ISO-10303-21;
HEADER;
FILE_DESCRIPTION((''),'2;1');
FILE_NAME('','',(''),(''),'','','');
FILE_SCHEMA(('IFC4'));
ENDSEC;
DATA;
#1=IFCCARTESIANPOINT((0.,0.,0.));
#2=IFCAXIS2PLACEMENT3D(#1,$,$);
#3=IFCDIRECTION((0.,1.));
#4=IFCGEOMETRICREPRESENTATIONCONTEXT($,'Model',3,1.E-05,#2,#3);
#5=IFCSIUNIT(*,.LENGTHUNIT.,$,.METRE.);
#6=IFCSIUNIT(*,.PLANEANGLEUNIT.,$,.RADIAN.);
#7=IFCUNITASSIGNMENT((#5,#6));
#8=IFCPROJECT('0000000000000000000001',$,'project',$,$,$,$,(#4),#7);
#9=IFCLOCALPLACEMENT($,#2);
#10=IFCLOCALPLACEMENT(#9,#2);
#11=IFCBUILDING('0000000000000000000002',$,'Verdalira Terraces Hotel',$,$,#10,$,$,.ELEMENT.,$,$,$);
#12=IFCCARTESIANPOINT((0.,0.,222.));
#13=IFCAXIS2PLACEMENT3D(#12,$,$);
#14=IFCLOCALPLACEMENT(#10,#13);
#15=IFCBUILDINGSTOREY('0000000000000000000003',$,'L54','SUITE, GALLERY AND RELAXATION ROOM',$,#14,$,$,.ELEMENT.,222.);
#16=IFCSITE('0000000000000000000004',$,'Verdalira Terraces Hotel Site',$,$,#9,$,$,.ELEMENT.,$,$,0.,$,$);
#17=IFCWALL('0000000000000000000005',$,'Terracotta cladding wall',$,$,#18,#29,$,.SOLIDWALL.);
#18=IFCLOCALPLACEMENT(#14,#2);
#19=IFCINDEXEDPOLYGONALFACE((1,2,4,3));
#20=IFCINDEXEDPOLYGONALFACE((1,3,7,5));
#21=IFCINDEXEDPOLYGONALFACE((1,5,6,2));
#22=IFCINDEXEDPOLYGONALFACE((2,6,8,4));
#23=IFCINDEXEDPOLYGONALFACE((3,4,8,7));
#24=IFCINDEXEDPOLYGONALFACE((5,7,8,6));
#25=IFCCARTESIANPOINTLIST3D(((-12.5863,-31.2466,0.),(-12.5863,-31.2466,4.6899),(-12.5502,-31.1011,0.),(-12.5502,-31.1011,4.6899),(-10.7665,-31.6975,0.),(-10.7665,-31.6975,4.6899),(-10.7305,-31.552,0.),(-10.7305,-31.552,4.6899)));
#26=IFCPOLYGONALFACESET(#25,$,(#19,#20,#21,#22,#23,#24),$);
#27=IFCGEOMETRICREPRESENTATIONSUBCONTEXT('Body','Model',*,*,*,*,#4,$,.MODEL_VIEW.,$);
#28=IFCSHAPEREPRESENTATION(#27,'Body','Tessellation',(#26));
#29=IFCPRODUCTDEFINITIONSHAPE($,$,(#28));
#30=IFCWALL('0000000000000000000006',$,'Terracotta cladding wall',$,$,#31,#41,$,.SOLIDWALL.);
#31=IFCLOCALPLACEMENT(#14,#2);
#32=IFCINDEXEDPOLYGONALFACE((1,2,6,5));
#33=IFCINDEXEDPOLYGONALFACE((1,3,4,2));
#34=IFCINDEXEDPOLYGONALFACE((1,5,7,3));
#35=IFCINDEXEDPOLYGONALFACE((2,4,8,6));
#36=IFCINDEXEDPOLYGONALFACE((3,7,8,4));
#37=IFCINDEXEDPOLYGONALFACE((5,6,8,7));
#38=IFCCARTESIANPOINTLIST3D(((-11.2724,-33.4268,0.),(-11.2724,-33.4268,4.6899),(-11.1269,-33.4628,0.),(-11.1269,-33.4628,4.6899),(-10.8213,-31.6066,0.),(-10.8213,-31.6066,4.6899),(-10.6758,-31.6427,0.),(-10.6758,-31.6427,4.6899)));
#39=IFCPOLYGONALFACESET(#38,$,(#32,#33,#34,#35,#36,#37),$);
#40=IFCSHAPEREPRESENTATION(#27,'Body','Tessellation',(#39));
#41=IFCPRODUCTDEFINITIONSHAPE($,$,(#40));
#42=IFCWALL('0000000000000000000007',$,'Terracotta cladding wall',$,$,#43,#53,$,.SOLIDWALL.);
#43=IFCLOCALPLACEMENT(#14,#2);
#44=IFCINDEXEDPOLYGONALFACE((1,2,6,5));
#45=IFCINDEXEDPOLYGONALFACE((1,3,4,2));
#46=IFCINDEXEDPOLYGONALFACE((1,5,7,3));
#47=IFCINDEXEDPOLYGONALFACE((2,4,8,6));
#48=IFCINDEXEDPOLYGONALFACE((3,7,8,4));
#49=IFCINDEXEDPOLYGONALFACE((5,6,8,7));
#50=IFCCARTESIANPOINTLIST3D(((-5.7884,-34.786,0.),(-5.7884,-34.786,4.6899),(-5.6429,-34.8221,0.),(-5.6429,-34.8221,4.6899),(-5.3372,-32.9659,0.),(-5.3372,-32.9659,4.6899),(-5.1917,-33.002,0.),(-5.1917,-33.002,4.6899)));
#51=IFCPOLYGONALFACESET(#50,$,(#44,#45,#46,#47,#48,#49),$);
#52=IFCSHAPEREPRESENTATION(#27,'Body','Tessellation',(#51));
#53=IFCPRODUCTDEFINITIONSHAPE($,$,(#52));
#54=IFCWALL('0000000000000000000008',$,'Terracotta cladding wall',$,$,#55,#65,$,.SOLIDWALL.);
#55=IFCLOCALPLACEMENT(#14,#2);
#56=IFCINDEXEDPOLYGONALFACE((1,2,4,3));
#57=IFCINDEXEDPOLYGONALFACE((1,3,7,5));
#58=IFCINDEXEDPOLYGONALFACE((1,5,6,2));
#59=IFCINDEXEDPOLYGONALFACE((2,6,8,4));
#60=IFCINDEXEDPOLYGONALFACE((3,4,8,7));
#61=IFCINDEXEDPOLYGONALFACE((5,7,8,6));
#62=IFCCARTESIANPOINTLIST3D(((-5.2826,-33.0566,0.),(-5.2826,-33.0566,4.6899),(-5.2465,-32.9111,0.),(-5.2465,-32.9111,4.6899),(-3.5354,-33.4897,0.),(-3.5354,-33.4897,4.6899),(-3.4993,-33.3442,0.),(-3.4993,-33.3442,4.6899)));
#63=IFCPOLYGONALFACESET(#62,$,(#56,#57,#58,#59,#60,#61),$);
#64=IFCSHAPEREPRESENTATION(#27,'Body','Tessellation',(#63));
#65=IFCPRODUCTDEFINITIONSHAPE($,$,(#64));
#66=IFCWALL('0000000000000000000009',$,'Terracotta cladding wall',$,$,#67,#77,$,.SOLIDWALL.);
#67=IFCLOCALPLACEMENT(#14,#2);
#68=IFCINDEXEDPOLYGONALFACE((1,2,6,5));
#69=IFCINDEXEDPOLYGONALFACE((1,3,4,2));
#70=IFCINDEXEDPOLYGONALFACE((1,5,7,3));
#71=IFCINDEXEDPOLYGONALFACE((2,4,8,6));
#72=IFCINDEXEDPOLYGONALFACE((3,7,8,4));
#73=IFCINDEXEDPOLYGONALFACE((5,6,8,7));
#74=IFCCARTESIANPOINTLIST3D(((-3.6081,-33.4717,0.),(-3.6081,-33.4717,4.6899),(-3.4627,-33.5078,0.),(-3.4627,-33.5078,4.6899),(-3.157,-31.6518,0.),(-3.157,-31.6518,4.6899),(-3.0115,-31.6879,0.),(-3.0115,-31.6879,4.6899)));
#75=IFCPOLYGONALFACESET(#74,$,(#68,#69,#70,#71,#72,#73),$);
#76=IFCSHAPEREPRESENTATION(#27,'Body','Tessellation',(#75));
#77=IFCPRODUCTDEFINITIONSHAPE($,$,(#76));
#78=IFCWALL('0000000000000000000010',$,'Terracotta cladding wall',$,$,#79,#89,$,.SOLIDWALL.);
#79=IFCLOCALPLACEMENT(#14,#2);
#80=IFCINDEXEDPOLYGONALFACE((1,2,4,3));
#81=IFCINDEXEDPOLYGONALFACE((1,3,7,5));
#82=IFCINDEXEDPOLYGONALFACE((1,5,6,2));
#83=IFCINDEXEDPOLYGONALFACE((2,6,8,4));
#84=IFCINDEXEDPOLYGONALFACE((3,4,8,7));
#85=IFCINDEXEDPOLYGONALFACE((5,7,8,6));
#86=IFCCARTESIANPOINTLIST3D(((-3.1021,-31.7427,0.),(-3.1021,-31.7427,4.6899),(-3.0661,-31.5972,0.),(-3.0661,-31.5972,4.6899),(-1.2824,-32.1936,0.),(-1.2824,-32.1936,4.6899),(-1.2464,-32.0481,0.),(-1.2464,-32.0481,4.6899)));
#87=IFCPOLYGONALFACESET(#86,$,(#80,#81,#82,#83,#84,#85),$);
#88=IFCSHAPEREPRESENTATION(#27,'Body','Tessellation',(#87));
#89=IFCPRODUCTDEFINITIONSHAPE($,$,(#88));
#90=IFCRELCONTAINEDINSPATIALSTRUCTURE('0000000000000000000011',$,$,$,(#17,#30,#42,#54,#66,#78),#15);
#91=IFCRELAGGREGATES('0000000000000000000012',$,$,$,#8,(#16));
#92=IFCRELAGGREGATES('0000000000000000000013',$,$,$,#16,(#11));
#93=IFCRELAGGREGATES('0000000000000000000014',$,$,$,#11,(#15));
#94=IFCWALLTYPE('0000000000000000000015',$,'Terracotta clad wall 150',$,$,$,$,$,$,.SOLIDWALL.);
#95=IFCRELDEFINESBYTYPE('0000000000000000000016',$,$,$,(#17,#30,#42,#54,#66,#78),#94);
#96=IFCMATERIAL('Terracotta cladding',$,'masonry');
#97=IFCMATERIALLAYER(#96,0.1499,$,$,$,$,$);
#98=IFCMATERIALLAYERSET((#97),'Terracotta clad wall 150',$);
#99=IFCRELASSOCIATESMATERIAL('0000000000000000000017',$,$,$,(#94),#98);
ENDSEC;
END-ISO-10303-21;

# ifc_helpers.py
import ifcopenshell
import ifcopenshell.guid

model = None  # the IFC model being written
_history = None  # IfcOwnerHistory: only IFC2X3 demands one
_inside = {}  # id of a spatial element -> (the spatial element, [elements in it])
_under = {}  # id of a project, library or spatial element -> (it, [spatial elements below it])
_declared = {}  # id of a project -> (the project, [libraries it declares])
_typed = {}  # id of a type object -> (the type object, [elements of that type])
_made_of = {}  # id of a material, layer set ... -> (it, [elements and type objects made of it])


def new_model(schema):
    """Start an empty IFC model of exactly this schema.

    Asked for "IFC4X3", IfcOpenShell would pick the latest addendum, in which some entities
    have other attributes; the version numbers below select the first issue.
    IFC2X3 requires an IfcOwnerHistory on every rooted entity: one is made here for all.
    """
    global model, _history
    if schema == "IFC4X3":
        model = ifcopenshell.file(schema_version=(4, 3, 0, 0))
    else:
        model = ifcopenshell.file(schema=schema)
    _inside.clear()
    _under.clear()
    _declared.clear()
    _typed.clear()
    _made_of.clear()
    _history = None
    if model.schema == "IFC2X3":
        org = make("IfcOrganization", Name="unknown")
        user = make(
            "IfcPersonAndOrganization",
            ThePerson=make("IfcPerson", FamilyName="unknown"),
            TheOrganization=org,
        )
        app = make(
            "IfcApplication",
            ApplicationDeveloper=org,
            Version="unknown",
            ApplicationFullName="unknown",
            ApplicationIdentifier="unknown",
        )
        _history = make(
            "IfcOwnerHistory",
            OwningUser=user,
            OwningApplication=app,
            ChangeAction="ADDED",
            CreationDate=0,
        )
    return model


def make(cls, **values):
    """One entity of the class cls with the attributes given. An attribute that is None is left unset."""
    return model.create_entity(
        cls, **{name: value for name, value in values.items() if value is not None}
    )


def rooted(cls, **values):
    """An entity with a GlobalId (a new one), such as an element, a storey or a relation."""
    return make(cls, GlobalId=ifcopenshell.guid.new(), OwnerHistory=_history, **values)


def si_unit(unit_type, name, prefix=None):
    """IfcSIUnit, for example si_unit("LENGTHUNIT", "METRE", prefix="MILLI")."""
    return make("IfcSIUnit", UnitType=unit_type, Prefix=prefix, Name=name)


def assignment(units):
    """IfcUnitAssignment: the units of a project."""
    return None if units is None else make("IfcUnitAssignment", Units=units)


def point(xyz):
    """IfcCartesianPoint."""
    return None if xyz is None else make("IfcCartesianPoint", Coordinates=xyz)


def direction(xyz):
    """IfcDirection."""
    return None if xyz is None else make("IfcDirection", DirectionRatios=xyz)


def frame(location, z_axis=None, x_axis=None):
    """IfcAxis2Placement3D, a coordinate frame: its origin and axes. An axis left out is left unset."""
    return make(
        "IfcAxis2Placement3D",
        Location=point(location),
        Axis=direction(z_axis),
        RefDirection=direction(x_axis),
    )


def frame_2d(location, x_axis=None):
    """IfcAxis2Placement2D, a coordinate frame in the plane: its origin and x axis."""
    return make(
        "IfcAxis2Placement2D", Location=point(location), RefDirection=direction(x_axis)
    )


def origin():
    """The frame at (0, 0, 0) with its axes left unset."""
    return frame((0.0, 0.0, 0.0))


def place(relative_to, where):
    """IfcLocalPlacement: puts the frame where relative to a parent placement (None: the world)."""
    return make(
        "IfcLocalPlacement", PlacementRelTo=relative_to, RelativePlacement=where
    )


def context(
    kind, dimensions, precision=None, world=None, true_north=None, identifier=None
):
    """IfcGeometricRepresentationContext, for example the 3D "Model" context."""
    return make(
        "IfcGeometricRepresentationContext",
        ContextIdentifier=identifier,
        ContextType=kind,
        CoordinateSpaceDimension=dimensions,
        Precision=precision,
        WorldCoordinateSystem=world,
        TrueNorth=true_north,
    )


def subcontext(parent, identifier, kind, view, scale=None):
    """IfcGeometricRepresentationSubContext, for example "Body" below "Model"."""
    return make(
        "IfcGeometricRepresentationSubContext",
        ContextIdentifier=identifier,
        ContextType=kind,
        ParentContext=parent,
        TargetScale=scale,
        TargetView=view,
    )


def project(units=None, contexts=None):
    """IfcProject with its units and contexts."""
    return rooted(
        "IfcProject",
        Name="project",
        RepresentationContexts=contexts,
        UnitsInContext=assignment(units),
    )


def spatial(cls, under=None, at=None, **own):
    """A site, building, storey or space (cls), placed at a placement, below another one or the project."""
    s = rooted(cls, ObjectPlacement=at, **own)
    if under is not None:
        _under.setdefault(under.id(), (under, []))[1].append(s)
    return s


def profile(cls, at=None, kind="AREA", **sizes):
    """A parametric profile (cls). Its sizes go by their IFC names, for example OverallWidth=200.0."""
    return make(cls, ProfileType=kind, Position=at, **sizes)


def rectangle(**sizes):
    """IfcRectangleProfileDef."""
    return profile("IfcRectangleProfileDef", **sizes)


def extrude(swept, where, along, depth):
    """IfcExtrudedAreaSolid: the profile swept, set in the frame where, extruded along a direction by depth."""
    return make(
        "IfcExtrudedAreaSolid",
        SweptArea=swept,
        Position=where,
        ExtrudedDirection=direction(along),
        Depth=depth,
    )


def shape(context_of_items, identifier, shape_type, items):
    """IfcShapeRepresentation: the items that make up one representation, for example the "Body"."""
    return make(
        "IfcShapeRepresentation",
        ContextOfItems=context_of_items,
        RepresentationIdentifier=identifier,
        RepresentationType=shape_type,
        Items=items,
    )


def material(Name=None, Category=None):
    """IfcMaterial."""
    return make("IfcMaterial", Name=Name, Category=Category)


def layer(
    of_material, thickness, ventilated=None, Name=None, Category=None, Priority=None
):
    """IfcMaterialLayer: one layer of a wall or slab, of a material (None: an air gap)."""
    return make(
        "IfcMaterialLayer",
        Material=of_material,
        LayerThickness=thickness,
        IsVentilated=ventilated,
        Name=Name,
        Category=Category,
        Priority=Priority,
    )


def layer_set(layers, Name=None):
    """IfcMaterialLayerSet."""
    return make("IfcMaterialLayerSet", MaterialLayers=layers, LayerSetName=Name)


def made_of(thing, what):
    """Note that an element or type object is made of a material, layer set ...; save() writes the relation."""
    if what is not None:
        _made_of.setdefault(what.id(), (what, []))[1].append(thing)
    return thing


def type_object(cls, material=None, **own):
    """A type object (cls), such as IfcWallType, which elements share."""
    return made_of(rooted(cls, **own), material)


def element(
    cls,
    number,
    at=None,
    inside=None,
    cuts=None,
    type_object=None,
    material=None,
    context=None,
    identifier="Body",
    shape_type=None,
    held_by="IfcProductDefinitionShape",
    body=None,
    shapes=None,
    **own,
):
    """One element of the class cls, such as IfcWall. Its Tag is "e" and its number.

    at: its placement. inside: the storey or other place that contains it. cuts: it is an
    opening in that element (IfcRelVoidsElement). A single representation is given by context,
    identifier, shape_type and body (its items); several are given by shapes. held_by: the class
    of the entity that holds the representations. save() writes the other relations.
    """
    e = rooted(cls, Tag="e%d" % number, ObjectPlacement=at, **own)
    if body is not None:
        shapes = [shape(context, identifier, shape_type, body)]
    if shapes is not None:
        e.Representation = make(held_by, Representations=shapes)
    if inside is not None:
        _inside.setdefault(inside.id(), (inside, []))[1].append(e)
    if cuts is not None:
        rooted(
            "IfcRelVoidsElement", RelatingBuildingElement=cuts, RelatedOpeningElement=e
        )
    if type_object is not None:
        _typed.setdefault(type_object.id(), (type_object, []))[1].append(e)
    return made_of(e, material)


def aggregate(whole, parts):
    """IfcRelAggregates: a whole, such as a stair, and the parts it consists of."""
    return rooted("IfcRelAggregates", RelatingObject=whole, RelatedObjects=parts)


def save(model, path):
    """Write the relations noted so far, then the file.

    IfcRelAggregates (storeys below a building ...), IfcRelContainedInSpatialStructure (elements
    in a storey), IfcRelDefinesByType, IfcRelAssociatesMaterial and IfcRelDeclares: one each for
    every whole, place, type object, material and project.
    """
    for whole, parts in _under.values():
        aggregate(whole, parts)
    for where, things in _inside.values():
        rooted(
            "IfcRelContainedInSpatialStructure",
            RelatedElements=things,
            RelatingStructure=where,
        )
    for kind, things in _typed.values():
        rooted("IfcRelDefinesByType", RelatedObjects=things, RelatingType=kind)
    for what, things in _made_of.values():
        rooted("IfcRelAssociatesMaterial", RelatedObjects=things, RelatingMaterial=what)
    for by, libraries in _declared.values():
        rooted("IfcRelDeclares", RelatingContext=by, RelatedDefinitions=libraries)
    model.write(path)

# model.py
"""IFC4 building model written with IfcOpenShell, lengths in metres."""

from ifc_helpers import new_model, si_unit, direction, frame, frame_2d, origin, place, context, subcontext, project, spatial, rectangle, extrude, material, layer, layer_set, type_object, element, save


model = new_model("IFC4")

# Units and contexts
model_context = context("Model", 3, precision=1e-05, world=origin(), true_north=direction((0.0, 1.0)))
body_context = subcontext(model_context, "Body", "Model", "MODEL_VIEW")
ifc_project = project(units=[si_unit("LENGTHUNIT", "METRE"), si_unit("PLANEANGLEUNIT", "RADIAN")], contexts=[model_context])

# Site, building, storey
site_placement = place(None, origin())
site = spatial("IfcSite", under=ifc_project, at=site_placement, Name="Verdalira Terraces Hotel Site", CompositionType="ELEMENT", RefElevation=0.0)
building_placement = place(site_placement, origin())
building = spatial("IfcBuilding", under=site, at=building_placement, Name="Verdalira Terraces Hotel", CompositionType="ELEMENT")
storey_placement = place(building_placement, frame((0.0, 0.0, 222.0)))
storey = spatial("IfcBuildingStorey", under=building, at=storey_placement, Name="L54", Description="SUITE, GALLERY AND RELAXATION ROOM", CompositionType="ELEMENT", Elevation=222.0)

# Walls
ifc_material_1 = material(Name="Terracotta cladding", Category="masonry")
ifc_layer_1 = layer(ifc_material_1, 0.1499)
ifc_layer_set_1 = layer_set([ifc_layer_1], Name="Terracotta clad wall 150")
wall_type_1 = type_object("IfcWallType", Name="Terracotta clad wall 150", PredefinedType="SOLIDWALL", material=ifc_layer_set_1)
wall_1_placement = place(storey_placement, frame((-12.5684, -31.1738, 0.0), z_axis=(0.0, 0.0, 1.0), x_axis=(0.970646, -0.240513, 0.0)))
element("IfcWall", 1, at=wall_1_placement, inside=storey, type_object=wall_type_1, Name="Terracotta cladding wall", PredefinedType="SOLIDWALL", context=body_context, shape_type="SweptSolid", body=[
    extrude(rectangle(XDim=1.8748, YDim=0.1499, at=frame_2d((0.9375, 0.0))), origin(), (0.0, 0.0, 1.0), 4.6899),
])
for number, where, z_axis, x_axis, name in (
    (2, (-10.7485, -31.6248, 0.0), (0.0, 0.0, 1.0), (-0.240605, -0.970623, 0.0), "Terracotta cladding wall"),
    (3, (-5.7156, -34.804, 0.0), (0.0, 0.0, 1.0), (0.240605, 0.970623, 0.0), "Terracotta cladding wall"),
):
    element("IfcWall", number, at=place(storey_placement, frame(where, z_axis=z_axis, x_axis=x_axis)), inside=storey, type_object=wall_type_1, Name=name, PredefinedType="SOLIDWALL", context=body_context, shape_type="SweptSolid", body=[
        extrude(rectangle(XDim=1.8752, YDim=0.1499, at=frame_2d((0.9375, 0.0))), origin(), (0.0, 0.0, 1.0), 4.6899),
    ])
wall_2_placement = place(storey_placement, frame((-5.2644, -32.9839, 0.0), z_axis=(0.0, 0.0, 1.0), x_axis=(0.970619, -0.24062, 0.0)))
element("IfcWall", 4, at=wall_2_placement, inside=storey, type_object=wall_type_1, Name="Terracotta cladding wall", PredefinedType="SOLIDWALL", context=body_context, shape_type="SweptSolid", body=[
    extrude(rectangle(XDim=1.8, YDim=0.1499, at=frame_2d((0.8999, 0.0))), origin(), (0.0, 0.0, 1.0), 4.6899),
])
wall_3_placement = place(storey_placement, frame((-3.5354, -33.4897, 0.0), z_axis=(0.0, 0.0, 1.0), x_axis=(0.240636, 0.970616, 0.0)))
element("IfcWall", 5, at=wall_3_placement, inside=storey, type_object=wall_type_1, Name="Terracotta cladding wall", PredefinedType="SOLIDWALL", context=body_context, shape_type="SweptSolid", body=[
    extrude(rectangle(XDim=1.875, YDim=0.1499, at=frame_2d((0.9375, 0.0))), origin(), (0.0, 0.0, 1.0), 4.6899),
])
wall_4_placement = place(storey_placement, frame((-3.0842, -31.6699, 0.0), z_axis=(0.0, 0.0, 1.0), x_axis=(0.970646, -0.240513, 0.0)))
element("IfcWall", 6, at=wall_4_placement, inside=storey, type_object=wall_type_1, Name="Terracotta cladding wall", PredefinedType="SOLIDWALL", context=body_context, shape_type="SweptSolid", body=[
    extrude(rectangle(XDim=1.8748, YDim=0.1499, at=frame_2d((0.9375, 0.0))), origin(), (0.0, 0.0, 1.0), 4.6899),
])

save(model, "model.ifc")
